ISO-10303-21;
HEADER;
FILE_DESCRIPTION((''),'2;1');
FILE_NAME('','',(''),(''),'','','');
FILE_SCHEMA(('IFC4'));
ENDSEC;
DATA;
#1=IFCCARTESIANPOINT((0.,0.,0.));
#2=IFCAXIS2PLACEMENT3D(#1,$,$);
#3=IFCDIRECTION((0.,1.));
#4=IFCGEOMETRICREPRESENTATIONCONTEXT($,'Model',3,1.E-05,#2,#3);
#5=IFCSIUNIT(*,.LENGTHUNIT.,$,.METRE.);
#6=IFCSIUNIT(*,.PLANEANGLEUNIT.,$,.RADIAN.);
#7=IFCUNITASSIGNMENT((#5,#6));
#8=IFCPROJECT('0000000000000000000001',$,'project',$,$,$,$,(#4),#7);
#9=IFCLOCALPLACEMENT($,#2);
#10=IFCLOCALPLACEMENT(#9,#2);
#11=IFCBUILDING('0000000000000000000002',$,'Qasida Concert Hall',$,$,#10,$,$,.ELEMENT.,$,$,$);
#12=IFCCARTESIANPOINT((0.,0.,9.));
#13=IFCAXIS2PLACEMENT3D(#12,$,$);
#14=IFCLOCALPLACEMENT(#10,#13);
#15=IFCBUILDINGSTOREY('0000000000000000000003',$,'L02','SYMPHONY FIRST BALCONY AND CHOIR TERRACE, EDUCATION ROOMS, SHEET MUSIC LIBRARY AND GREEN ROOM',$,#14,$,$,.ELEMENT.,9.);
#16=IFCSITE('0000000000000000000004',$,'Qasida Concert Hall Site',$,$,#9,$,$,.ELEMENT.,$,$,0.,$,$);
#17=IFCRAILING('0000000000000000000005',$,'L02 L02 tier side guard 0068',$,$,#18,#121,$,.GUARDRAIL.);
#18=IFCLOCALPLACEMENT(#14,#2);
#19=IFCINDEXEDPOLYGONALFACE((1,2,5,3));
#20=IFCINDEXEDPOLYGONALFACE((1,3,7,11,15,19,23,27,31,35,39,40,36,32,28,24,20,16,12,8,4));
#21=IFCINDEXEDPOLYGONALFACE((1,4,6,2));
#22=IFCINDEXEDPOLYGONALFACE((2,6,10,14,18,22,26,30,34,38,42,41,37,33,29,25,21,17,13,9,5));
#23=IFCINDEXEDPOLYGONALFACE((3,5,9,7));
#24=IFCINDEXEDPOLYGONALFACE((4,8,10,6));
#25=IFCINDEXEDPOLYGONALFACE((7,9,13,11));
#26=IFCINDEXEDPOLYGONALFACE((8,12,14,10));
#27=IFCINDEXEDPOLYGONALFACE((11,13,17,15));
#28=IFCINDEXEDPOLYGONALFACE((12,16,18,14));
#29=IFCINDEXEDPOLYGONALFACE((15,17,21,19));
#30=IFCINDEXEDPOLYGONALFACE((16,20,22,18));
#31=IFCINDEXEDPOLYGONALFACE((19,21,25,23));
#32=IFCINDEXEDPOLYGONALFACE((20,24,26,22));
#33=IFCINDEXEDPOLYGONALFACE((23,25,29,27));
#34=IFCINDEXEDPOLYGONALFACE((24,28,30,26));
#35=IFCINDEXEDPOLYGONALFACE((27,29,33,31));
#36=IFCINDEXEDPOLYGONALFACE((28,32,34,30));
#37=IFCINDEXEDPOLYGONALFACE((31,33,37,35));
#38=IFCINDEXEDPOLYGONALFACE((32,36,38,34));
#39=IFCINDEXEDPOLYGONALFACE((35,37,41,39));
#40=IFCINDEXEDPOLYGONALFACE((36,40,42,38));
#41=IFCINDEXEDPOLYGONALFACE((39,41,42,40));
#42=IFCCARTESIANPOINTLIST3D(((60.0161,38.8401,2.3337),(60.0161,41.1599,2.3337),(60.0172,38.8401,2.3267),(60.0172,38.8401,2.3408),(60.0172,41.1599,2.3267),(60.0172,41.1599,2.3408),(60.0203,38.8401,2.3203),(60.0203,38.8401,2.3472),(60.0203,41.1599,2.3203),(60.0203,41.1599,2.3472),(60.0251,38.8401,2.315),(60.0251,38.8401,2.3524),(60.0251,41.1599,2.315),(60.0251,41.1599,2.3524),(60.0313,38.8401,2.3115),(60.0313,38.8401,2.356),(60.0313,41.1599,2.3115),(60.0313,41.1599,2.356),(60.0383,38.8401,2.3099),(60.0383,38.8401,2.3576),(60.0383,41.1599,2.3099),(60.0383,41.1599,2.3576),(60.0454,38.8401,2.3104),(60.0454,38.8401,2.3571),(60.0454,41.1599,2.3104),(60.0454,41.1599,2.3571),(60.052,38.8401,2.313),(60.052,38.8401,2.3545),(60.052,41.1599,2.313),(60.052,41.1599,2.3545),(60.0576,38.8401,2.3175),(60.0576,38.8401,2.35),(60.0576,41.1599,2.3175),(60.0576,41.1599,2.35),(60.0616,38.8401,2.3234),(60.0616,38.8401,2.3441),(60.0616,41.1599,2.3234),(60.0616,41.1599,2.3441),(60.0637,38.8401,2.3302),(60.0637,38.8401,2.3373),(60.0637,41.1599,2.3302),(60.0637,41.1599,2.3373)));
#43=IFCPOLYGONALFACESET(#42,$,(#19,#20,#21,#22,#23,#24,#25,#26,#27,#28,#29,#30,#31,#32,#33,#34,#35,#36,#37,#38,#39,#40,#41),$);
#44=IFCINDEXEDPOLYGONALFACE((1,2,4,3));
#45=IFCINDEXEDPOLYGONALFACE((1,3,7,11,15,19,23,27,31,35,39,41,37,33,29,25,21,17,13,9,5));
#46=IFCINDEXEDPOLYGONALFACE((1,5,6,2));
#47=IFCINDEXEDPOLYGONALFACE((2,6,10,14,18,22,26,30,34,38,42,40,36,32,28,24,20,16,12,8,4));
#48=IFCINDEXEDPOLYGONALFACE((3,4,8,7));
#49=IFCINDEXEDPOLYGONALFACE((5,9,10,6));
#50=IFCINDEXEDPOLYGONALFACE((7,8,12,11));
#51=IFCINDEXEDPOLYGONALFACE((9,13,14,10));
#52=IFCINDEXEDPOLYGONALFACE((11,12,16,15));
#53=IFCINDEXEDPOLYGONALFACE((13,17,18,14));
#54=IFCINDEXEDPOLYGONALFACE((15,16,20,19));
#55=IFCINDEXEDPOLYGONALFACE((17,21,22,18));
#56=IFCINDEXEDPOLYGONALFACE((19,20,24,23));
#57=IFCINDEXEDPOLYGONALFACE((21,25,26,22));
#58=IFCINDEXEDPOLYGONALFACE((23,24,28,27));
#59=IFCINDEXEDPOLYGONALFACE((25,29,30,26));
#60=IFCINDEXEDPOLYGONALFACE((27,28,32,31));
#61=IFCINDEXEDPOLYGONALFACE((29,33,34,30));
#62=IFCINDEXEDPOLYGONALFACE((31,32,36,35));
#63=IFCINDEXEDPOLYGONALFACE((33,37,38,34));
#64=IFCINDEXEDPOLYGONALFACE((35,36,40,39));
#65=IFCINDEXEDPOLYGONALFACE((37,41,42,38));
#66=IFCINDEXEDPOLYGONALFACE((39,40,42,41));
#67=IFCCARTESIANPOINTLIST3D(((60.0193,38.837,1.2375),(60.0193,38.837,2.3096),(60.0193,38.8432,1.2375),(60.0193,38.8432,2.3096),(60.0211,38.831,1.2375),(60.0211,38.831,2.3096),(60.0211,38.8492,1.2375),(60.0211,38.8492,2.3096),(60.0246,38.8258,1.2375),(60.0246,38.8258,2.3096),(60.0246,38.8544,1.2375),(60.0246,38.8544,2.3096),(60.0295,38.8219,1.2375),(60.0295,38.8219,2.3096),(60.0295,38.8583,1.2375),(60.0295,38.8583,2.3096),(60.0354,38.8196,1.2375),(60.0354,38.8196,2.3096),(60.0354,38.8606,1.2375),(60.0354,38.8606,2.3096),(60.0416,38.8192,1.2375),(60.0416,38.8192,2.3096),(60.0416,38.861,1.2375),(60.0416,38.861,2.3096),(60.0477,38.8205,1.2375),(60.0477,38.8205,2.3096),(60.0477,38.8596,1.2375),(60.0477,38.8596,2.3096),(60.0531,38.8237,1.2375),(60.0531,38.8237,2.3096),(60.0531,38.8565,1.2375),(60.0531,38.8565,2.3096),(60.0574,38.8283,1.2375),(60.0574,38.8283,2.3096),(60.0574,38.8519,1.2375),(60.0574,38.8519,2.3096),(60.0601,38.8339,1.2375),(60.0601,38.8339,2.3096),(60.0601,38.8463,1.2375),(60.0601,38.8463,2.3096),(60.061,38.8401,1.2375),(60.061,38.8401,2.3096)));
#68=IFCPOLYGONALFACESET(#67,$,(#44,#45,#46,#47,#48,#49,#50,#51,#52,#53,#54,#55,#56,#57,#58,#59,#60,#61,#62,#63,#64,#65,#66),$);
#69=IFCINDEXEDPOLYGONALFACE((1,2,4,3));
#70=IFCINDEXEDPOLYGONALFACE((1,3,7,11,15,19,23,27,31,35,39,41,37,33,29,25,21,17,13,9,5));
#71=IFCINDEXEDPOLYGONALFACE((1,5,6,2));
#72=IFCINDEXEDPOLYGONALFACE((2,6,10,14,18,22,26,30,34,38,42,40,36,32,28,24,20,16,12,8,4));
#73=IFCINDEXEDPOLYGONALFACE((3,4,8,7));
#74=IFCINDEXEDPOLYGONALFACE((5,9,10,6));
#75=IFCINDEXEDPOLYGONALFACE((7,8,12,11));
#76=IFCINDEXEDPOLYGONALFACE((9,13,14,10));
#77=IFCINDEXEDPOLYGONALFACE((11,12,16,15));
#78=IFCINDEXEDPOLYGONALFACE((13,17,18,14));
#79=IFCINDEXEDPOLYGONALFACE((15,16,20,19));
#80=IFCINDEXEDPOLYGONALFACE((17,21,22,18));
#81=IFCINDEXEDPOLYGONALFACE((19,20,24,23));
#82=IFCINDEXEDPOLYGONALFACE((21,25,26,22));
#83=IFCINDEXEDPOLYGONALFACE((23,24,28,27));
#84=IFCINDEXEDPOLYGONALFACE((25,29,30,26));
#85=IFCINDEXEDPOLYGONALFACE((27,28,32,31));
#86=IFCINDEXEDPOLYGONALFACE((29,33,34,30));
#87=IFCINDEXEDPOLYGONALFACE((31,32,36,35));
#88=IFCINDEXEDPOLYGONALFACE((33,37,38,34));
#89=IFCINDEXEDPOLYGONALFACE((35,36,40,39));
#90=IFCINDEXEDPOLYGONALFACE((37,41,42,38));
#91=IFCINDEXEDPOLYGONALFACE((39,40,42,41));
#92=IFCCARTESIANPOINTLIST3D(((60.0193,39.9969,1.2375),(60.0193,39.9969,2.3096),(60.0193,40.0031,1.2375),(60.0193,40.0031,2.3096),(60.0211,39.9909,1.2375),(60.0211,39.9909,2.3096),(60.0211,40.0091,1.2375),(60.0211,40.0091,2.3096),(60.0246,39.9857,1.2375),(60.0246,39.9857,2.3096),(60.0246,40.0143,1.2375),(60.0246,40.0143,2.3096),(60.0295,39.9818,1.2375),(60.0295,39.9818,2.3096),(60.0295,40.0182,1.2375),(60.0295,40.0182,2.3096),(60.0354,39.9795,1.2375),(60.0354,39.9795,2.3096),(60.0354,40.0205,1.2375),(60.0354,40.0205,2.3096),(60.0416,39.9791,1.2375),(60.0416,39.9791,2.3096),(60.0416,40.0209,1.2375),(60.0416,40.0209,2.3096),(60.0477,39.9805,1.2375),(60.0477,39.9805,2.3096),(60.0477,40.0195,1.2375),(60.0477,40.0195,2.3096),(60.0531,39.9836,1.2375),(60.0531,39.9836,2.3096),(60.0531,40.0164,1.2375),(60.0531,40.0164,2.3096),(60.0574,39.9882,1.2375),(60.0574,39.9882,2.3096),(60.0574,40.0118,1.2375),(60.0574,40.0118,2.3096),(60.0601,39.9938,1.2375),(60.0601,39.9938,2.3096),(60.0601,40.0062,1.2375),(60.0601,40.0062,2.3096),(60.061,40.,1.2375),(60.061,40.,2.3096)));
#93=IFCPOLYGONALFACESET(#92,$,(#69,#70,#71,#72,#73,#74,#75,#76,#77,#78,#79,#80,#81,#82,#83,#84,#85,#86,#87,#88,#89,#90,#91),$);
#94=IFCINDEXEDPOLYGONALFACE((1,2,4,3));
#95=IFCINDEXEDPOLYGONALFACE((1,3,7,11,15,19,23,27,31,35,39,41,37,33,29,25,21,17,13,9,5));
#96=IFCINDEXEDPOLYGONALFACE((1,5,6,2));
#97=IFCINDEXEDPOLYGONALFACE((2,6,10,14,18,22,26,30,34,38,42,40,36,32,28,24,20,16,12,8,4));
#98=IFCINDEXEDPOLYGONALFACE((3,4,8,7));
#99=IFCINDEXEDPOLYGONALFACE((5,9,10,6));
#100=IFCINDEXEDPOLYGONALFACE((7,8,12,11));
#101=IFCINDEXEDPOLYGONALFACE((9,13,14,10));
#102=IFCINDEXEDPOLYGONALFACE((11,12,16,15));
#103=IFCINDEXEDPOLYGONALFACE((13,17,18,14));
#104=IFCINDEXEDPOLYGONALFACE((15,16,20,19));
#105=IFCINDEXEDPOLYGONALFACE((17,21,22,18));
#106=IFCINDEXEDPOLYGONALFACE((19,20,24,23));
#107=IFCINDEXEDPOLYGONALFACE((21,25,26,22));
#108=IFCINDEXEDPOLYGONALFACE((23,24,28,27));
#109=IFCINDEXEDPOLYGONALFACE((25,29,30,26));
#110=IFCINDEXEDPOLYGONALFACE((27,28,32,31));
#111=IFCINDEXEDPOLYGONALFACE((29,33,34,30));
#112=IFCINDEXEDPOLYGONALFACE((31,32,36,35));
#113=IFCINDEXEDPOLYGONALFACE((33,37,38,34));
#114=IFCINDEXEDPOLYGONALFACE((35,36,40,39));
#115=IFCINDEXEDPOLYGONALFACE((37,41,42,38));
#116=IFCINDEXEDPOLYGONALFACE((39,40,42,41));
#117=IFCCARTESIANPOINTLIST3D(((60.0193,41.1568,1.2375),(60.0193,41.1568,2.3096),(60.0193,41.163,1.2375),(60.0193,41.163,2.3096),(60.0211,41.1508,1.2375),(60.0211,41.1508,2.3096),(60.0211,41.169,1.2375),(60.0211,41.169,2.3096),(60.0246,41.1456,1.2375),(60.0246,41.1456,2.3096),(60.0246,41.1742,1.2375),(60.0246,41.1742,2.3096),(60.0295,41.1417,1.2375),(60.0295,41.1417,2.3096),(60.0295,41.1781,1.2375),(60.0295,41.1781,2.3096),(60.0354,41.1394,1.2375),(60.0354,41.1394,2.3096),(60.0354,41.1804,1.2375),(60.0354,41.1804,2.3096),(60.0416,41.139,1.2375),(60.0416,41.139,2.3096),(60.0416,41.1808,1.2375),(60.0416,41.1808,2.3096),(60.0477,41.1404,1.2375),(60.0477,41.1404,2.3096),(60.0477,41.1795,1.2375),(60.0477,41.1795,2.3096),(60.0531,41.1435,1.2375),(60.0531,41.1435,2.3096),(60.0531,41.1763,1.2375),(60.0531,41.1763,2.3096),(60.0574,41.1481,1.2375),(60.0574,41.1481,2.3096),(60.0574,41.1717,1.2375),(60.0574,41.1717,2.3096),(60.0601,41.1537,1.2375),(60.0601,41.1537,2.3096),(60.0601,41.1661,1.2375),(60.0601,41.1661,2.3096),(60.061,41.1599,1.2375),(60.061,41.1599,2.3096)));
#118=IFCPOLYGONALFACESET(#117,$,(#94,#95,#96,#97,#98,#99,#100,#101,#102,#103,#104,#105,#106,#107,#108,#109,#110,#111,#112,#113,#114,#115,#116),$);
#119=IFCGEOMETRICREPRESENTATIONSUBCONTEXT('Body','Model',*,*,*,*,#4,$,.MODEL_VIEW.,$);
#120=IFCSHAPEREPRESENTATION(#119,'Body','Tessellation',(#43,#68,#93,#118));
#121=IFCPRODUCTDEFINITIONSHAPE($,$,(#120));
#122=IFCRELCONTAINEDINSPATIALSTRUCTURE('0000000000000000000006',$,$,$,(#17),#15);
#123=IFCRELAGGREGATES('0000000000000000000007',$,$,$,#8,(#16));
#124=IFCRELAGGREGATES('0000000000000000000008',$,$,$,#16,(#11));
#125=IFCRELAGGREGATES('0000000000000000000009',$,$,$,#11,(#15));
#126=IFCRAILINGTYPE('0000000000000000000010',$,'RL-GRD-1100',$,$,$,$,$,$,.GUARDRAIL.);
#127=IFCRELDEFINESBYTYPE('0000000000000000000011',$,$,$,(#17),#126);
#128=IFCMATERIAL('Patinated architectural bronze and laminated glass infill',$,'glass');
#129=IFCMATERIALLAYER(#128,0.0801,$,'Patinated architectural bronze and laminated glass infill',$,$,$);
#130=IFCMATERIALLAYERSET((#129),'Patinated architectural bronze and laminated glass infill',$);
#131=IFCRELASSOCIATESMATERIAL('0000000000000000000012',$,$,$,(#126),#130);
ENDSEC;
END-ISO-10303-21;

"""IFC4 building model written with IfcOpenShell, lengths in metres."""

from ifc_helpers import new_model, si_unit, direction, frame, origin, origin_2d, place, context, subcontext, project, spatial, circle, extrude, material, layer, layer_set, type_object, element, save


model = new_model("IFC4")

# Units and contexts
model_context = context("Model", 3, precision=1e-05, world=origin(), true_north=direction((0.0, 1.0)))
body_context = subcontext(model_context, "Body", "Model", "MODEL_VIEW")
ifc_project = project(units=[si_unit("LENGTHUNIT", "METRE"), si_unit("PLANEANGLEUNIT", "RADIAN")], contexts=[model_context])

# Site, building, storey
site_placement = place(None, origin())
site = spatial("IfcSite", under=ifc_project, at=site_placement, Name="Qasida Concert Hall Site", CompositionType="ELEMENT", RefElevation=0.0)
building_placement = place(site_placement, origin())
building = spatial("IfcBuilding", under=site, at=building_placement, Name="Qasida Concert Hall", CompositionType="ELEMENT")
storey_placement = place(building_placement, frame((0.0, 0.0, 9.0)))
storey = spatial("IfcBuildingStorey", under=building, at=storey_placement, Name="L02", Description="SYMPHONY FIRST BALCONY AND CHOIR TERRACE, EDUCATION ROOMS, SHEET MUSIC LIBRARY AND GREEN ROOM", CompositionType="ELEMENT", Elevation=9.0)

# Railing
ifc_material_1 = material(Name="Patinated architectural bronze and laminated glass infill", Category="glass")
ifc_layer_1 = layer(ifc_material_1, 0.0801, Name="Patinated architectural bronze and laminated glass infill")
ifc_layer_set_1 = layer_set([ifc_layer_1], Name="Patinated architectural bronze and laminated glass infill")
railing_type_1 = type_object("IfcRailingType", Name="RL-GRD-1100", PredefinedType="GUARDRAIL", material=ifc_layer_set_1)
for number, where, name in (
    (1, (60.04, 38.8401, 1.2375), "L02 L02 tier side guard 0068"),
):
    element("IfcRailing", number, at=place(storey_placement, frame(where)), inside=storey, type_object=railing_type_1, Name=name, PredefinedType="GUARDRAIL", context=body_context, shape_type="SweptSolid", body=[
        extrude(circle(Radius=0.0239, at=origin_2d()), frame((0.0, 0.0, 1.0962), z_axis=(0.0, 1.0, 0.0), x_axis=(-1.0, 0.0, 0.0)), (0.0, 0.0, 1.0), 2.3198),
        extrude(circle(Radius=0.021, at=origin_2d()), origin(), (0.0, 0.0, 1.0), 1.072),
        extrude(circle(Radius=0.021, at=origin_2d()), frame((0.0, 1.1599, 0.0)), (0.0, 0.0, 1.0), 1.072),
        extrude(circle(Radius=0.021, at=origin_2d()), frame((0.0, 2.3198, 0.0)), (0.0, 0.0, 1.0), 1.072),
    ])

save(model, "model.ifc")
